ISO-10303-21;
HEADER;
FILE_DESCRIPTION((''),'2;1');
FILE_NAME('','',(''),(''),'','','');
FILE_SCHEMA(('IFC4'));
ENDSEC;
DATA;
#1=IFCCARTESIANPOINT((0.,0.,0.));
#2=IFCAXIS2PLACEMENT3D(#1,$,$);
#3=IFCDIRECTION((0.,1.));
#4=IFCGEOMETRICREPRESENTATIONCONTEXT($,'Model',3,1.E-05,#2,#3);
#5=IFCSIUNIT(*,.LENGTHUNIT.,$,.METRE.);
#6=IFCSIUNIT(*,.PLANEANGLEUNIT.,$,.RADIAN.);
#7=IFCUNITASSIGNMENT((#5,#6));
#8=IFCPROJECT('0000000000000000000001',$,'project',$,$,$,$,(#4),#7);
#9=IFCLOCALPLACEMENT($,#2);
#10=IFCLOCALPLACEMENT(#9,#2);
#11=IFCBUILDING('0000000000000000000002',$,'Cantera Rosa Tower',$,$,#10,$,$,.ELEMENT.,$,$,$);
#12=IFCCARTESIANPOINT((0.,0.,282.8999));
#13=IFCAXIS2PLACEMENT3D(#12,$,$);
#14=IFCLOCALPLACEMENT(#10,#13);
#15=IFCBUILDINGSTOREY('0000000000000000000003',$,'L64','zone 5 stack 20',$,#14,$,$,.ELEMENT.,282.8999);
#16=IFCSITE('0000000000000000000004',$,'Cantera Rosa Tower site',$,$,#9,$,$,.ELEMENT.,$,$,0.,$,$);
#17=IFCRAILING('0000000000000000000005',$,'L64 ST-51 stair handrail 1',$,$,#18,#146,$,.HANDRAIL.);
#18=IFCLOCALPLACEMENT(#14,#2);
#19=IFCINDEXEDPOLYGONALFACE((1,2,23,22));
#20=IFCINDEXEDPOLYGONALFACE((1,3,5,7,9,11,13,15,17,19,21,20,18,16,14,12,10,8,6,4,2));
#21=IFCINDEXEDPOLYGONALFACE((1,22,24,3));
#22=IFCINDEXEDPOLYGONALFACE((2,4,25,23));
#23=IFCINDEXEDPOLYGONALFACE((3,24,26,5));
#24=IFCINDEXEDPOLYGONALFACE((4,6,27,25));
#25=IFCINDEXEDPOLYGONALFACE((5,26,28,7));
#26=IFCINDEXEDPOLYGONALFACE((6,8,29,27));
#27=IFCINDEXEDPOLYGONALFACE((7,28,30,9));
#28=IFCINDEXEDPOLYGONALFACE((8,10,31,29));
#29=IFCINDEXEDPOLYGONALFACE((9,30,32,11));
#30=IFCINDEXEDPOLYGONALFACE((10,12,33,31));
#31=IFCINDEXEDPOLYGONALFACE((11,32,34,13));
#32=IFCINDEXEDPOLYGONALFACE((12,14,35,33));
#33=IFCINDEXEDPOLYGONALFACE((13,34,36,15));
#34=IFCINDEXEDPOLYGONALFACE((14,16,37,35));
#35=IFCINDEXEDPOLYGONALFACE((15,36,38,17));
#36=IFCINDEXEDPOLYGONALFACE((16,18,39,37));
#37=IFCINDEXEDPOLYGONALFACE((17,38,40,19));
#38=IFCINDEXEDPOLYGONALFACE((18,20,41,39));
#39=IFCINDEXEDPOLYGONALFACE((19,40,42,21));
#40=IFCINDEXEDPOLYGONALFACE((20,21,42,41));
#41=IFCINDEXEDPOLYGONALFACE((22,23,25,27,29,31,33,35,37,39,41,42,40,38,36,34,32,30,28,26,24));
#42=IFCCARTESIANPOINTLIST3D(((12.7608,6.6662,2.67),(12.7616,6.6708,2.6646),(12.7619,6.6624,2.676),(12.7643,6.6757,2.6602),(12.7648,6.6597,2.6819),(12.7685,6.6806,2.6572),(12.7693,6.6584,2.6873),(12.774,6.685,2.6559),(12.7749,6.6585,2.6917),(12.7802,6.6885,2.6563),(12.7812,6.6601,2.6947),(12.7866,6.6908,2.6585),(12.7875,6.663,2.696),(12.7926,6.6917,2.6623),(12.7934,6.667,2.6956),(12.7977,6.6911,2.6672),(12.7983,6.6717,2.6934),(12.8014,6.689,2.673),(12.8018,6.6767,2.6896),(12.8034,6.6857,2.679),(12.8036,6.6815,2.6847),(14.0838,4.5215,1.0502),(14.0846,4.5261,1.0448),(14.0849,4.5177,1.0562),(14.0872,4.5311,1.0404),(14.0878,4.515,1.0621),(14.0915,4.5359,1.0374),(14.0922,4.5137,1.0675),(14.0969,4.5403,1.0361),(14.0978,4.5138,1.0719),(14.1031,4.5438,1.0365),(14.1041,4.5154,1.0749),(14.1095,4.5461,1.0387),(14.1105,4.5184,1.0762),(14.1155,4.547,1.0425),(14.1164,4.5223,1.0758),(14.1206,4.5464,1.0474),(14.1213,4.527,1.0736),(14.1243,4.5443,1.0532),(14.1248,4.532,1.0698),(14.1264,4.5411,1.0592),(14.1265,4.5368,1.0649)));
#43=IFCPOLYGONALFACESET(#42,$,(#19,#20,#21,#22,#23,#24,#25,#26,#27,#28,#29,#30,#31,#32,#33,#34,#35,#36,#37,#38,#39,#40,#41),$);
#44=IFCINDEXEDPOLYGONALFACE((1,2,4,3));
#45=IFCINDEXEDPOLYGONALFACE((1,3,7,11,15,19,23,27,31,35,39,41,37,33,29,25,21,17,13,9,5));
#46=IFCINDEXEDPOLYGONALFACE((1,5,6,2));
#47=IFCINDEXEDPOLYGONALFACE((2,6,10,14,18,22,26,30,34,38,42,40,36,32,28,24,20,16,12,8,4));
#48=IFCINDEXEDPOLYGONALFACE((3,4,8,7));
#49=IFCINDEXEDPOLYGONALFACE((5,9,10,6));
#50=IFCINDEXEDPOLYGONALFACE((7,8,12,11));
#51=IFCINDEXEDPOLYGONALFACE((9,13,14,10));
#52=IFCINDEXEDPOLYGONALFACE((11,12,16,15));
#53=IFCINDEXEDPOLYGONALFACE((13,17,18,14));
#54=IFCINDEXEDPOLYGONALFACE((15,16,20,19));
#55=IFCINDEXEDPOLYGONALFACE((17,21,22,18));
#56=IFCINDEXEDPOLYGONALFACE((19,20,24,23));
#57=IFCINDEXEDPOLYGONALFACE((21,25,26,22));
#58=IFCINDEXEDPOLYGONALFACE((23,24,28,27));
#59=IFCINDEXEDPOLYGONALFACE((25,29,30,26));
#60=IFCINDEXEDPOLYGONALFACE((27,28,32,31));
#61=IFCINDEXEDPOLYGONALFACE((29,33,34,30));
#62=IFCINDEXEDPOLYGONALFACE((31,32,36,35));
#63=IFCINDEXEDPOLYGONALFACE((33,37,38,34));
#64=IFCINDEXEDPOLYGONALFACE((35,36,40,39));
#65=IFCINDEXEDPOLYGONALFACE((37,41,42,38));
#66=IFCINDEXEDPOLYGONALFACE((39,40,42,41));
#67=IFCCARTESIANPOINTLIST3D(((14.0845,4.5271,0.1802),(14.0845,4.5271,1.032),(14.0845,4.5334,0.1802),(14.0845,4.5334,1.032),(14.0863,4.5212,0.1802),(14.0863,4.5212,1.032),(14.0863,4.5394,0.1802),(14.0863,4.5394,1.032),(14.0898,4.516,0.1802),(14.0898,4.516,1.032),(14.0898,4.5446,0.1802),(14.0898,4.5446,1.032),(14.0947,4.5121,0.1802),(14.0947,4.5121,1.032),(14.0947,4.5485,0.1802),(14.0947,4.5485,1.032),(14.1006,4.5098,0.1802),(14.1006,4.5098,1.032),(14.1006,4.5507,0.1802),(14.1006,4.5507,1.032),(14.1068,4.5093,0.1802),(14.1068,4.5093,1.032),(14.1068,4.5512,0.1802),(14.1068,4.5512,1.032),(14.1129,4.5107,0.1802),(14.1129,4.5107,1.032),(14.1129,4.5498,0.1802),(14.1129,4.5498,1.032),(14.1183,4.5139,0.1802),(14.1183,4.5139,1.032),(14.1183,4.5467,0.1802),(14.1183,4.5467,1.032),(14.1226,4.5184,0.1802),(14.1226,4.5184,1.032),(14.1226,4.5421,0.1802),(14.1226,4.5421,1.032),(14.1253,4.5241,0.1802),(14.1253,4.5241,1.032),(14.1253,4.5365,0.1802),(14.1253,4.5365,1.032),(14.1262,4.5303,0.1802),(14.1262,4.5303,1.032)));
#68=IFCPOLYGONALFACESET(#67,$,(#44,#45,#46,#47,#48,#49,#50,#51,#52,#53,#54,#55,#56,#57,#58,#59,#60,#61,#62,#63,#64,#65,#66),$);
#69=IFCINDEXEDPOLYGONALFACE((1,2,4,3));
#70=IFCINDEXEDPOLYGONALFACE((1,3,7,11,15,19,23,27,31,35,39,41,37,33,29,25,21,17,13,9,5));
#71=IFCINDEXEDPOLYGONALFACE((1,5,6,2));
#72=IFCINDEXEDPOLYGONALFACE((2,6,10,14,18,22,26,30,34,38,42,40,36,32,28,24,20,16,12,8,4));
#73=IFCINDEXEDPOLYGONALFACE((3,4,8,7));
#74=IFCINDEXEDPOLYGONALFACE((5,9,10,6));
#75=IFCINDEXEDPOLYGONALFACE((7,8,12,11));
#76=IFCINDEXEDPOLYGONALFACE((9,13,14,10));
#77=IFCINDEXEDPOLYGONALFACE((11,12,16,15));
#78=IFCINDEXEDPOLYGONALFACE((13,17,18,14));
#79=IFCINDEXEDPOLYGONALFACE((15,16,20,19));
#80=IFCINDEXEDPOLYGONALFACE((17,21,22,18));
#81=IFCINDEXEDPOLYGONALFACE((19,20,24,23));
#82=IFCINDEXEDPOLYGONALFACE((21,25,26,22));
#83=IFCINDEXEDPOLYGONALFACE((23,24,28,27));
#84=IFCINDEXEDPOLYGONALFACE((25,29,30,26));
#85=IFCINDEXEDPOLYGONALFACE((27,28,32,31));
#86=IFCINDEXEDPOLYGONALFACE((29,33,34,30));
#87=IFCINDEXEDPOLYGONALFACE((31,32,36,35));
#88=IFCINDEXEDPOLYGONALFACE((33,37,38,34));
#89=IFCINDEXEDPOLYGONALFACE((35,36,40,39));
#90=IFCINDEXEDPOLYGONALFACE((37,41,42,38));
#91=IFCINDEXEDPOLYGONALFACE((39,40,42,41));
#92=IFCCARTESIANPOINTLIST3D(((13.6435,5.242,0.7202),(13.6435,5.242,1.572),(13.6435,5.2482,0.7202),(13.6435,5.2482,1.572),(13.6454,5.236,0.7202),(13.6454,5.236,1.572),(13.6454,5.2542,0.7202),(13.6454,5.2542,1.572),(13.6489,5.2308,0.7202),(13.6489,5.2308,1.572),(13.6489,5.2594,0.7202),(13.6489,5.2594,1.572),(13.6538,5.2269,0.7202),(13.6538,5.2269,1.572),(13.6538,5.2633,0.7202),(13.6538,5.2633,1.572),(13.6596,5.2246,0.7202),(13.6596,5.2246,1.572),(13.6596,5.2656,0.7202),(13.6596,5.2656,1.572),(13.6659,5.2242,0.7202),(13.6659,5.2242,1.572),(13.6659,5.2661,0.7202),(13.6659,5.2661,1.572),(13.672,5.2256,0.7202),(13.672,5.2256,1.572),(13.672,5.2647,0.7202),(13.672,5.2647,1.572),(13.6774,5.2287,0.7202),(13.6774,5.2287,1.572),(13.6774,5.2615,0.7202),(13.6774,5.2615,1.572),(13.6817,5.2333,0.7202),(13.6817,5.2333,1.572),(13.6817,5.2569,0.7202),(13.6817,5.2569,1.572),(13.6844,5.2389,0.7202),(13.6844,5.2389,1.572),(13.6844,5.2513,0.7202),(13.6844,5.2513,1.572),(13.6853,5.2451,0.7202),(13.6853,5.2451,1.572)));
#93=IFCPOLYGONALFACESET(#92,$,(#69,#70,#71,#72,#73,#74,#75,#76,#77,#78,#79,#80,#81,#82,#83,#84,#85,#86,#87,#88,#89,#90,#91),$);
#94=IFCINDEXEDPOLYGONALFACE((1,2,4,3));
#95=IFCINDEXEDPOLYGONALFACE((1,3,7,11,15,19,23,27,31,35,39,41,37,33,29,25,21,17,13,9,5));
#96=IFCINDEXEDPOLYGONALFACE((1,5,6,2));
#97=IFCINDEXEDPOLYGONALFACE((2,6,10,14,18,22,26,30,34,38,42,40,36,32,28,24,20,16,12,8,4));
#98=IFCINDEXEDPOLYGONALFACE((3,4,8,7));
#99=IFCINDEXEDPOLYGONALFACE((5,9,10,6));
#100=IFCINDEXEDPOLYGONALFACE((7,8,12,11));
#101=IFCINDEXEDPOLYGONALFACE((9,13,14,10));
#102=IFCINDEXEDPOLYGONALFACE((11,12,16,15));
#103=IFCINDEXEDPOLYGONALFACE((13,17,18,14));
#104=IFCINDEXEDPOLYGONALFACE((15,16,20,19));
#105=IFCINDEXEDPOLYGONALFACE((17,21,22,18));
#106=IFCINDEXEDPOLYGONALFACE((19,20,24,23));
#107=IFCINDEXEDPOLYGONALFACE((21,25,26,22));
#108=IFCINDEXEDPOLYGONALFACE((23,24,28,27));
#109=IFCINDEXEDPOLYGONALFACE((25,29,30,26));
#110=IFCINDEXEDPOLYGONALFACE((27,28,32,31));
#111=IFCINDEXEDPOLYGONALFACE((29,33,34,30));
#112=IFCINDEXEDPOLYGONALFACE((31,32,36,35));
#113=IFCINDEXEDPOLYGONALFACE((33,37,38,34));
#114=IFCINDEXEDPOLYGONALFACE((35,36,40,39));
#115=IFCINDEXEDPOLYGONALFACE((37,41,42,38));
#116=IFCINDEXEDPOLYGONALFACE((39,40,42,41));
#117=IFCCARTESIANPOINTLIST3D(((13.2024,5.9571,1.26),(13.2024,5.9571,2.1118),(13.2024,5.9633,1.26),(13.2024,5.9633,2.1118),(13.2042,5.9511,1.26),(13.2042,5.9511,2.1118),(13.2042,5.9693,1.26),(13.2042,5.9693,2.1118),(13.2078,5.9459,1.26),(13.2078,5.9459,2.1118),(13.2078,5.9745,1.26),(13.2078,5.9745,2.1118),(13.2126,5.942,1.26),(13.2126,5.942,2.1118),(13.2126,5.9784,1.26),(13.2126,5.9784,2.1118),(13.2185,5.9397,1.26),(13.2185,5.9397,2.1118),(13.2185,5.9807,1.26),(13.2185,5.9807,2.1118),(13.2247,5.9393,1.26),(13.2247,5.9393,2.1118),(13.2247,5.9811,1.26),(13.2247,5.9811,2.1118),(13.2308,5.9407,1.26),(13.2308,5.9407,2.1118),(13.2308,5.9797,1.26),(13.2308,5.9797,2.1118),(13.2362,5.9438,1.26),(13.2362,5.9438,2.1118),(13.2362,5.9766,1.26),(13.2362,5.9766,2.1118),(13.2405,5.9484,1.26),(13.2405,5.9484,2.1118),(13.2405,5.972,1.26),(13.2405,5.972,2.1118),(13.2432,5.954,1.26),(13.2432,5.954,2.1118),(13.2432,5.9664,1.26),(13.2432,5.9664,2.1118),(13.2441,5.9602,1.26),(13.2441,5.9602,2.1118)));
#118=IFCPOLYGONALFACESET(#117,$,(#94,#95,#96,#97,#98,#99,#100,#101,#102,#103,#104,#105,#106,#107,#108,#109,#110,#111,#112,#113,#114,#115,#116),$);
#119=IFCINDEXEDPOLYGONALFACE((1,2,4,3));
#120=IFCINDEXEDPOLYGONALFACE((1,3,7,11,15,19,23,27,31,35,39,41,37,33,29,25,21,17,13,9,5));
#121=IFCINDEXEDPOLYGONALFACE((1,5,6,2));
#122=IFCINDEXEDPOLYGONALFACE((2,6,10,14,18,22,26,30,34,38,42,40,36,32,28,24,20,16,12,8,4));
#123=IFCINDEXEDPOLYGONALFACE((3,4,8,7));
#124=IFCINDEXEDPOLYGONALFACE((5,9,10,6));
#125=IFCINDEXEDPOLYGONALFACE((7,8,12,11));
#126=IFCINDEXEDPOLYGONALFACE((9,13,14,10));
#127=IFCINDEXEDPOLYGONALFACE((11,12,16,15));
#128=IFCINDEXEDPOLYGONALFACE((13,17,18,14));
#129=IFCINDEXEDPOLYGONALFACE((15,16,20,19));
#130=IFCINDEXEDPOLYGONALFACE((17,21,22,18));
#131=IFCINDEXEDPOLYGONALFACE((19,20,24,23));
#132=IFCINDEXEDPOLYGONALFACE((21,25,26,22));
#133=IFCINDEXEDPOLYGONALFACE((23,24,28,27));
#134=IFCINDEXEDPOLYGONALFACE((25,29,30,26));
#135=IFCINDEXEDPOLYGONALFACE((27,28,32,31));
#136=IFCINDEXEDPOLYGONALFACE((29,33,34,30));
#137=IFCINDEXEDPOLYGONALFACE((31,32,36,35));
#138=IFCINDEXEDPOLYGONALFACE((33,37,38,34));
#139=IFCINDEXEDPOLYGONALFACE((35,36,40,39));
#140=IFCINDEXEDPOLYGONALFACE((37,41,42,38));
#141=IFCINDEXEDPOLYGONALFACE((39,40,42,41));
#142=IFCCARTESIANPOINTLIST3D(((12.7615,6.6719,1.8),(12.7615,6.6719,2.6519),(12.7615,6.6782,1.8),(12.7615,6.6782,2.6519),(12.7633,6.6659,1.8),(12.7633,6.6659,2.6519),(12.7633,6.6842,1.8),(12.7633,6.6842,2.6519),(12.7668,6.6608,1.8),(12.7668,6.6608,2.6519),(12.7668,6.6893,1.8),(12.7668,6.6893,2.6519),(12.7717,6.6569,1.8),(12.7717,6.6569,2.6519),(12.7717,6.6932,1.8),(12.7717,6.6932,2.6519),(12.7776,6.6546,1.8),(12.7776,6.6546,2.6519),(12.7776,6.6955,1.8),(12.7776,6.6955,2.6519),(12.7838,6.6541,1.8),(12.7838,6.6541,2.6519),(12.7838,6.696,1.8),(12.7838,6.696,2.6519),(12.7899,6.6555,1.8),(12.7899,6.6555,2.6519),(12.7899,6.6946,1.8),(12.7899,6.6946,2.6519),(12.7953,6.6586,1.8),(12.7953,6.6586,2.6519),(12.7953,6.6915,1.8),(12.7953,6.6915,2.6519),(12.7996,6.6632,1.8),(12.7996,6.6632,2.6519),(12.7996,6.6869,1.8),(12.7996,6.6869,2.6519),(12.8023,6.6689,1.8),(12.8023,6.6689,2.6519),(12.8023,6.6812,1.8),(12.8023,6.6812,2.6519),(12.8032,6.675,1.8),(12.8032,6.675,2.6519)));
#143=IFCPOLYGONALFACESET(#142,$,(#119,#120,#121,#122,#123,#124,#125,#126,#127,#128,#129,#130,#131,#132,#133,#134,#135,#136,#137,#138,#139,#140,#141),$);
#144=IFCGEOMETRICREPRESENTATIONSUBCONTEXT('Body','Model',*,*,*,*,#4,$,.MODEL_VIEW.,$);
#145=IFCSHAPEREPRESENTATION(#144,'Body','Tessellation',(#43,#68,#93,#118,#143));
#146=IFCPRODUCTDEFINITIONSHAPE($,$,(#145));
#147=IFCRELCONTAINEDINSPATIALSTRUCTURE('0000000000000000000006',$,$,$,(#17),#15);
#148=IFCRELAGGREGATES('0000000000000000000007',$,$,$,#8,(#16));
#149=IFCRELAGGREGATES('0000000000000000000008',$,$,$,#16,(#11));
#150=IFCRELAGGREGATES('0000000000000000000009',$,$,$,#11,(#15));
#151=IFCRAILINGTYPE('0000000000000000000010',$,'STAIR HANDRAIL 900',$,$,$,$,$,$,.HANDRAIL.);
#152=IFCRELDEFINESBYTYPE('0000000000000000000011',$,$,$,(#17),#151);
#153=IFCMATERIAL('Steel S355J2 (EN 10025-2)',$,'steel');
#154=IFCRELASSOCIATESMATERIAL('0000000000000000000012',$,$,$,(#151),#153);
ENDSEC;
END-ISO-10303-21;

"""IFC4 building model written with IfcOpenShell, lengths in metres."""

from ifc_helpers import new_model, si_unit, direction, frame, origin, origin_2d, place, context, subcontext, project, spatial, circle, extrude, material, type_object, element, save


model = new_model("IFC4")

# Units and contexts
model_context = context("Model", 3, precision=1e-05, world=origin(), true_north=direction((0.0, 1.0)))
body_context = subcontext(model_context, "Body", "Model", "MODEL_VIEW")
ifc_project = project(units=[si_unit("LENGTHUNIT", "METRE"), si_unit("PLANEANGLEUNIT", "RADIAN")], contexts=[model_context])

# Site, building, storey
site_placement = place(None, origin())
site = spatial("IfcSite", under=ifc_project, at=site_placement, Name="Cantera Rosa Tower site", CompositionType="ELEMENT", RefElevation=0.0)
building_placement = place(site_placement, origin())
building = spatial("IfcBuilding", under=site, at=building_placement, Name="Cantera Rosa Tower", CompositionType="ELEMENT")
storey_placement = place(building_placement, frame((0.0, 0.0, 282.8999)))
storey = spatial("IfcBuildingStorey", under=building, at=storey_placement, Name="L64", Description="zone 5 stack 20", CompositionType="ELEMENT", Elevation=282.8999)

# Railing
ifc_material_1 = material(Name="Steel S355J2 (EN 10025-2)", Category="steel")
railing_type_1 = type_object("IfcRailingType", Name="STAIR HANDRAIL 900", PredefinedType="HANDRAIL", material=ifc_material_1)
railing_1_placement = place(storey_placement, frame((14.1052, 4.5303, 0.1802)))
element("IfcRailing", 1, at=railing_1_placement, inside=storey, type_object=railing_type_1, Name="L64 ST-51 stair handrail 1", PredefinedType="HANDRAIL", context=body_context, shape_type="SweptSolid", body=[
    extrude(circle(Radius=0.0239, at=origin_2d()), frame((0.0, 0.0, 0.876), z_axis=(-0.441629, 0.715945, 0.540728), x_axis=(-0.851102, -0.525, 0.0)), (0.0, 0.0, 1.0), 2.9956),
    extrude(circle(Radius=0.021, at=origin_2d()), origin(), (0.0, 0.0, 1.0), 0.8518),
    extrude(circle(Radius=0.021, at=origin_2d()), frame((-0.4409, 0.7148, 0.54)), (0.0, 0.0, 1.0), 0.8518),
    extrude(circle(Radius=0.021, at=origin_2d()), frame((-0.8821, 1.4299, 1.0798)), (0.0, 0.0, 1.0), 0.8518),
    extrude(circle(Radius=0.021, at=origin_2d()), frame((-1.323, 2.1448, 1.6199)), (0.0, 0.0, 1.0), 0.8518),
])

save(model, "model.ifc")
